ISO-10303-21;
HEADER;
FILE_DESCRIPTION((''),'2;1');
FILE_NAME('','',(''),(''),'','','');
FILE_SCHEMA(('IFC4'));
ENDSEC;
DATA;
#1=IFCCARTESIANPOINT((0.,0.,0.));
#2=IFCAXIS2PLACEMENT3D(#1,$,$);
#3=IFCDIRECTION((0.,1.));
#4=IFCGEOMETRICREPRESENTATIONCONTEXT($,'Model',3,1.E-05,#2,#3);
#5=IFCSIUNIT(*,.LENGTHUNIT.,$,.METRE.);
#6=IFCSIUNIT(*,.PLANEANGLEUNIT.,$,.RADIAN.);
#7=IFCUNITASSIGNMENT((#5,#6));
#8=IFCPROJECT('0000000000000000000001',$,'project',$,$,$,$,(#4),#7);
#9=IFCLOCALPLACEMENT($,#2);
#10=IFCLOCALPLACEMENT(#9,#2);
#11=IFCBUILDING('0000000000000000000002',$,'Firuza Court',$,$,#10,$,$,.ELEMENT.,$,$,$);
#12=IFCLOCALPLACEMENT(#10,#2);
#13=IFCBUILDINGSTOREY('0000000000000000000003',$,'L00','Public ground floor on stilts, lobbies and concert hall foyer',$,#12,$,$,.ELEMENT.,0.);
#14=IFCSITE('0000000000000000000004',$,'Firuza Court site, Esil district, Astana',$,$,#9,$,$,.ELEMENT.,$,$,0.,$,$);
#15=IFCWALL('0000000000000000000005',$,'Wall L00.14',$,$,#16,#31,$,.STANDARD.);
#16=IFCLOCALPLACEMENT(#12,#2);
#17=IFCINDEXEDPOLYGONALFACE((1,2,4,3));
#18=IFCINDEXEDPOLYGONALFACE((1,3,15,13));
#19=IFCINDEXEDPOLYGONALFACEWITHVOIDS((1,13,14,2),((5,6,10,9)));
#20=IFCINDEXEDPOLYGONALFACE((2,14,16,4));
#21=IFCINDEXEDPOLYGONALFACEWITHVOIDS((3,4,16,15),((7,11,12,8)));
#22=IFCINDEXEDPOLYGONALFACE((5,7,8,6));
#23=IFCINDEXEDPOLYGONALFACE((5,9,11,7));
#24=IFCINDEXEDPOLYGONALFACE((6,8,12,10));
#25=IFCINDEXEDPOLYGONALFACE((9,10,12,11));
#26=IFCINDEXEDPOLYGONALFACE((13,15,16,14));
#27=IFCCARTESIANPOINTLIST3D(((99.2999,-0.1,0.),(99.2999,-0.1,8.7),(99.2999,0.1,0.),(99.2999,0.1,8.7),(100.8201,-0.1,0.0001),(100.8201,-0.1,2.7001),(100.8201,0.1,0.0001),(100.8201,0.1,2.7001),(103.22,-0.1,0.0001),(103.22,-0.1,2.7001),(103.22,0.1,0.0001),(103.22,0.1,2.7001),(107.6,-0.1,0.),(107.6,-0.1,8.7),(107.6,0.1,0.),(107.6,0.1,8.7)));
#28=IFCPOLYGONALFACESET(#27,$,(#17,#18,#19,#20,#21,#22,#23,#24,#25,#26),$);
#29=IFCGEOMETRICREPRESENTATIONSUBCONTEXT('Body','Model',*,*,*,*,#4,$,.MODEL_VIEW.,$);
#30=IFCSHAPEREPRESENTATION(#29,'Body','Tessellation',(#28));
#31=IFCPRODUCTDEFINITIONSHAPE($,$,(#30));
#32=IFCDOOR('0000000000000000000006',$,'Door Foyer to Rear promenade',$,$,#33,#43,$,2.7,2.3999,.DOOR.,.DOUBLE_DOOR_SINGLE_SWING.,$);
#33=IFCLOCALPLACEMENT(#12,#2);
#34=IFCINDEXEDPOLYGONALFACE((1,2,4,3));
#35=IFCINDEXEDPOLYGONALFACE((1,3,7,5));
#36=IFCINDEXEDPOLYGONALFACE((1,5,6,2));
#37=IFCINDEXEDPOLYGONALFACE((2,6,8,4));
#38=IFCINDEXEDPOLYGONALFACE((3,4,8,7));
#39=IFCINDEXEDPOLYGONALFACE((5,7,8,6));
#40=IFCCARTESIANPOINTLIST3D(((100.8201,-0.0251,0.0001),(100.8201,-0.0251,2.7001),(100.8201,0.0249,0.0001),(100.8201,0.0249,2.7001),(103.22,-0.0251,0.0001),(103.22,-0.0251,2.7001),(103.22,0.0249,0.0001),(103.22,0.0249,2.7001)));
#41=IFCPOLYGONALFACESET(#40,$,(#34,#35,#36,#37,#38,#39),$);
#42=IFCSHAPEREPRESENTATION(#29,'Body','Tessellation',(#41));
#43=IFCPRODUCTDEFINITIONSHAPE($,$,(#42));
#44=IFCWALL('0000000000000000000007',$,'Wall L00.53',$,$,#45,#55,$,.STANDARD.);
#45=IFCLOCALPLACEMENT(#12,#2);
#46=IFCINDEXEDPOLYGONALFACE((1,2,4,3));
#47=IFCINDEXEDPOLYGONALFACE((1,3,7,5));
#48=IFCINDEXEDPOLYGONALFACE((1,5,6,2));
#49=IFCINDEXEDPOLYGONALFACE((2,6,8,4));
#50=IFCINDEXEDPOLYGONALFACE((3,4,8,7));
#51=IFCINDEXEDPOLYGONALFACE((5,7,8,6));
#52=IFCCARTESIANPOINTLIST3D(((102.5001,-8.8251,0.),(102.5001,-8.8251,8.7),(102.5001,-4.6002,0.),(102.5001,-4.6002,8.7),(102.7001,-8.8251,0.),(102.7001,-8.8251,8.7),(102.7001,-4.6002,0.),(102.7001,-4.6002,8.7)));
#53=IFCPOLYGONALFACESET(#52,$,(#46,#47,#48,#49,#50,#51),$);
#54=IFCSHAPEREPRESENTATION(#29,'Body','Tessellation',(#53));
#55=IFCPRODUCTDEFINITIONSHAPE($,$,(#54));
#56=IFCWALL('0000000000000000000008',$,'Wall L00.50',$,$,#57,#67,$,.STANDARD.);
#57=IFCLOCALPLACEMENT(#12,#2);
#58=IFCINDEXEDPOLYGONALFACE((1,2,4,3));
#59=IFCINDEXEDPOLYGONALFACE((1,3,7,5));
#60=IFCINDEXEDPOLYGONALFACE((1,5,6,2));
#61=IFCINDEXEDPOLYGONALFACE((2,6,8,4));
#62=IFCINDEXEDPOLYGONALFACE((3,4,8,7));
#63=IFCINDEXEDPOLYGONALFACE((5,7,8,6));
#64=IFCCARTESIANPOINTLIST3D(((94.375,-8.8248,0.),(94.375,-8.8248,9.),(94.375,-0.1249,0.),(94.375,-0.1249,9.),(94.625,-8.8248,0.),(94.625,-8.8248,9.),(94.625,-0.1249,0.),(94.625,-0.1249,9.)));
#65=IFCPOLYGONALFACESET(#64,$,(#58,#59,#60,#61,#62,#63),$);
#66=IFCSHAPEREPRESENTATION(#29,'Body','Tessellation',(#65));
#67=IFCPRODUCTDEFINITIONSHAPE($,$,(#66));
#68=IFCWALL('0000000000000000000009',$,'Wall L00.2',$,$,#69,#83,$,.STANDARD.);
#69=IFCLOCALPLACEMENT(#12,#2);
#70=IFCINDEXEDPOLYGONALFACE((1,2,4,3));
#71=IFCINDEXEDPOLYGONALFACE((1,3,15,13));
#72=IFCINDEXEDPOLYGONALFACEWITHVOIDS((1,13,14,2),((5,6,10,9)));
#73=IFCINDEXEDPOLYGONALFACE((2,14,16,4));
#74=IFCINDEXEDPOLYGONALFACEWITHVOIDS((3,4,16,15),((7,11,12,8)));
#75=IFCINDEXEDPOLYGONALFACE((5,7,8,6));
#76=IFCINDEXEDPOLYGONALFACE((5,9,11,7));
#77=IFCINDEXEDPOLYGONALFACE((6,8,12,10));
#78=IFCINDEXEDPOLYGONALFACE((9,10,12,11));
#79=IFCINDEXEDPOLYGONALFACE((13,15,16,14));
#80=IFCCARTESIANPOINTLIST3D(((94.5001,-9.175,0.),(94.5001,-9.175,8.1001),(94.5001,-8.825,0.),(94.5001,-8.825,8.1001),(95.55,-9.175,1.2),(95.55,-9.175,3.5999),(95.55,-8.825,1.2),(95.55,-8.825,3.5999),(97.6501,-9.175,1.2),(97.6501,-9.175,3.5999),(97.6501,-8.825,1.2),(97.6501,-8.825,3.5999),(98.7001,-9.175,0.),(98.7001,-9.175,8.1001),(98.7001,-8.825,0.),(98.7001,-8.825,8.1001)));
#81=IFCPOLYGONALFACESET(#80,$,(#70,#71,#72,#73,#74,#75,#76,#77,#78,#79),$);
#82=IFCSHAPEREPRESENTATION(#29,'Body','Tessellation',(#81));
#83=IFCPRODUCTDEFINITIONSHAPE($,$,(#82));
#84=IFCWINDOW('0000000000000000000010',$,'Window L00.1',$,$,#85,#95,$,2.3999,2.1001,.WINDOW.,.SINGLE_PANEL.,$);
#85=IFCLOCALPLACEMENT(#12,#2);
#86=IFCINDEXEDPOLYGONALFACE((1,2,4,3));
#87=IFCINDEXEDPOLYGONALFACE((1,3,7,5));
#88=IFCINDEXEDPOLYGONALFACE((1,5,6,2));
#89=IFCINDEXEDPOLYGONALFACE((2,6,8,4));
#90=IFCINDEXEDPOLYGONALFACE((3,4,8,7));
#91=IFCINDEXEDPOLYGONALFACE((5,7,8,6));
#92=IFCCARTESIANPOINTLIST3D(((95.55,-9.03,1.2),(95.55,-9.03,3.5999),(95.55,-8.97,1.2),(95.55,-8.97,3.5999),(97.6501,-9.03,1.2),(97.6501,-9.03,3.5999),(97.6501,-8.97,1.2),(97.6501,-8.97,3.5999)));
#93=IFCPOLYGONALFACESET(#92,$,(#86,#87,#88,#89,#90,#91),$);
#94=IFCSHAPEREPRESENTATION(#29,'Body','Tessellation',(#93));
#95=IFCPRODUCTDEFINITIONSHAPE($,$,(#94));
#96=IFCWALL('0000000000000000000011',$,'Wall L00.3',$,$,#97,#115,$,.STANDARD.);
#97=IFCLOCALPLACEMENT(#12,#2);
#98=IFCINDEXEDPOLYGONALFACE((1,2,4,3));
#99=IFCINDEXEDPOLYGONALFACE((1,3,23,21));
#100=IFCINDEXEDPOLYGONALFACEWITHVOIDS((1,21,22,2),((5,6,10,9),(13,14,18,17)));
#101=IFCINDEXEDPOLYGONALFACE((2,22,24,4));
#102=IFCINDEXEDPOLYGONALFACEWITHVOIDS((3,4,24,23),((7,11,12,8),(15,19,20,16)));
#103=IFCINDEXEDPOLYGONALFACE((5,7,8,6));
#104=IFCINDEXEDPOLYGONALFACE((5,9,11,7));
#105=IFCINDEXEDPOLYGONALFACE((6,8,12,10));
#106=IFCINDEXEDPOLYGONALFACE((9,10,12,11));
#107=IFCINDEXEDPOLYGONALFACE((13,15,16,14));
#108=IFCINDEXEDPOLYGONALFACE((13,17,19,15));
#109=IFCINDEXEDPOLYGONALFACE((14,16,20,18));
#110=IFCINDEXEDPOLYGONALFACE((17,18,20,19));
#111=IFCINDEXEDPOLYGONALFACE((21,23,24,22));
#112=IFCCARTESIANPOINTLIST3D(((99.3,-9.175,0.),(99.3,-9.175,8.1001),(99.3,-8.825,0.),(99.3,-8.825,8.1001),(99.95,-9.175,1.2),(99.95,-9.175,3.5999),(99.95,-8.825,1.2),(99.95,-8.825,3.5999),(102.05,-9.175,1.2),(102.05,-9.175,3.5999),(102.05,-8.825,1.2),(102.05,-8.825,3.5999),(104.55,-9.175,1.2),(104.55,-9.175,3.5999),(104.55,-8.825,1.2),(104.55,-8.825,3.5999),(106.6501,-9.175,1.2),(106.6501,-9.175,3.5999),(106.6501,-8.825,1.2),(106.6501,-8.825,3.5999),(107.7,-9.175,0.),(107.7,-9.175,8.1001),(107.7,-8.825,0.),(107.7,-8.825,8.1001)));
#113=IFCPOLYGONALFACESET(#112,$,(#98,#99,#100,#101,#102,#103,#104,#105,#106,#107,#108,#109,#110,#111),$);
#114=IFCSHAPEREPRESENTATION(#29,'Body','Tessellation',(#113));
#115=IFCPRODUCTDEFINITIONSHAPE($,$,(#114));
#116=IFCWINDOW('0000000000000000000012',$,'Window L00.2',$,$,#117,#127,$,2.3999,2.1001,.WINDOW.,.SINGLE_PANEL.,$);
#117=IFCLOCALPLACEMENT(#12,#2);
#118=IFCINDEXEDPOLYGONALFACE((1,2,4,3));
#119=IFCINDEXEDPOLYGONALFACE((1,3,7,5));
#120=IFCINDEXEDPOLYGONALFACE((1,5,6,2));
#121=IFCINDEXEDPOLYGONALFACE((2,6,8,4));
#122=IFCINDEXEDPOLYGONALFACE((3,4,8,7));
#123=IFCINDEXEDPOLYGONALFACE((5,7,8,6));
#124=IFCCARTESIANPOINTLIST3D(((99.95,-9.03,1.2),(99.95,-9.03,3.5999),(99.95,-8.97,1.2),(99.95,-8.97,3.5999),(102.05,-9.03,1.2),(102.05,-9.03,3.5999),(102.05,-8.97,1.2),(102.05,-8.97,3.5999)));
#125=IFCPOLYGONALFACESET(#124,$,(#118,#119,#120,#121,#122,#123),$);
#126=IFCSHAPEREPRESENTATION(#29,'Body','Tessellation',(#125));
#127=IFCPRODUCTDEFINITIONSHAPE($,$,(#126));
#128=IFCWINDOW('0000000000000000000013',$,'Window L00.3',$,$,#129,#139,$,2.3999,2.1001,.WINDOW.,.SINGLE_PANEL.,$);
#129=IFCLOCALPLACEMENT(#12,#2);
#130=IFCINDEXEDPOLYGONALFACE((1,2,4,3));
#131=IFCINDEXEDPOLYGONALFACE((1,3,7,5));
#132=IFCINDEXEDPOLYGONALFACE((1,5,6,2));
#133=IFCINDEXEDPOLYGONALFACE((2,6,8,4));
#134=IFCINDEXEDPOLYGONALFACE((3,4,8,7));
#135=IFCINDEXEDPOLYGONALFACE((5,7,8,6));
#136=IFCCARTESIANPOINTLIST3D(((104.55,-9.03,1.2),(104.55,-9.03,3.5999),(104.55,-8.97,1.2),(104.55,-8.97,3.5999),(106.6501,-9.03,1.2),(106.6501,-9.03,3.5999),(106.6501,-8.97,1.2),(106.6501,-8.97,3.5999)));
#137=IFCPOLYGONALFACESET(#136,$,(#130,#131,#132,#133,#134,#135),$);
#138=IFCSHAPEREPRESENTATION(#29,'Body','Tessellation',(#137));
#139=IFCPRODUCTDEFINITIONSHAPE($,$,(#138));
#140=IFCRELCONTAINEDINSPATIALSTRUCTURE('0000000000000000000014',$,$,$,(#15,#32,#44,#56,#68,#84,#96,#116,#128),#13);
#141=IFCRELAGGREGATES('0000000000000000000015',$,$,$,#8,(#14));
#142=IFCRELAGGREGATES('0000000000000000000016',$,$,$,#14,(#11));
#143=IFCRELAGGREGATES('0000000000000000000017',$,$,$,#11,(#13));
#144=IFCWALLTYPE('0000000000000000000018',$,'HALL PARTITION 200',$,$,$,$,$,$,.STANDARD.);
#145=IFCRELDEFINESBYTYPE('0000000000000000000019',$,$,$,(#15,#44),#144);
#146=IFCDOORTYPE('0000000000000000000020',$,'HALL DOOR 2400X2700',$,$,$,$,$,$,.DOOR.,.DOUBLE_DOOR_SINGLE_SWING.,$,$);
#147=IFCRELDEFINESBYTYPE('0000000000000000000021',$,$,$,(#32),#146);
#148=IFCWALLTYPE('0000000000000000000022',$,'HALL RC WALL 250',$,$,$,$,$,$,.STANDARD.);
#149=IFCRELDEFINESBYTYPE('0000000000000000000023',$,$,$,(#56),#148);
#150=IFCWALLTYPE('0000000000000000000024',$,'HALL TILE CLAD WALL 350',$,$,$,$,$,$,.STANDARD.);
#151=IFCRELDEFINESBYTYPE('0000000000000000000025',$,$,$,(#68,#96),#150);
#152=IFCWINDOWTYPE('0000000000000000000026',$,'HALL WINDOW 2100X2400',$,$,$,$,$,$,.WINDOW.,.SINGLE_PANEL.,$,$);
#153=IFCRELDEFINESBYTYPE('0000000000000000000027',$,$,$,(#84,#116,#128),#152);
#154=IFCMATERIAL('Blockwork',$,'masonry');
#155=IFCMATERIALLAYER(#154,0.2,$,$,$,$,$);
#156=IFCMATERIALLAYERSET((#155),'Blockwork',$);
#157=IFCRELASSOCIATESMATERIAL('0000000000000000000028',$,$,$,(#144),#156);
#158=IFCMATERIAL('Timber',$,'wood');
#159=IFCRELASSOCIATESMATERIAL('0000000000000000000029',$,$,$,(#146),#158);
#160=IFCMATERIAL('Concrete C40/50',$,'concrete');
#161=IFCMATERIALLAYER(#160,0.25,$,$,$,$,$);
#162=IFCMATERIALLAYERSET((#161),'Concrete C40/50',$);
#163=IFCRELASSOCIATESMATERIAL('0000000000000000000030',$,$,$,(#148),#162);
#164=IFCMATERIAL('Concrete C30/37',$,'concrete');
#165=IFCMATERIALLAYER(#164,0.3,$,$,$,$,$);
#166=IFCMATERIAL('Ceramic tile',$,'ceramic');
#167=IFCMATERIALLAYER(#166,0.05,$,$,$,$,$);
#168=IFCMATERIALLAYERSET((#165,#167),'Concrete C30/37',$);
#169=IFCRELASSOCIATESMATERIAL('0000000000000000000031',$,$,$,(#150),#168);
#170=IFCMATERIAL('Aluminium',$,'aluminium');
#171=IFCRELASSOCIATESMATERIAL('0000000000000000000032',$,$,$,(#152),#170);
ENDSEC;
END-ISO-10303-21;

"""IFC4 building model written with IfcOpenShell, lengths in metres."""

from ifc_helpers import new_model, si_unit, direction, frame, frame_2d, origin, place, context, subcontext, project, spatial, rectangle, extrude, material, layer, layer_set, type_object, element, fill, save


model = new_model("IFC4")

# Units and contexts
model_context = context("Model", 3, precision=1e-05, world=origin(), true_north=direction((0.0, 1.0)))
body_context = subcontext(model_context, "Body", "Model", "MODEL_VIEW")
ifc_project = project(units=[si_unit("LENGTHUNIT", "METRE"), si_unit("PLANEANGLEUNIT", "RADIAN")], contexts=[model_context])

# Site, building, storey
site_placement = place(None, origin())
site = spatial("IfcSite", under=ifc_project, at=site_placement, Name="Firuza Court site, Esil district, Astana", CompositionType="ELEMENT", RefElevation=0.0)
building_placement = place(site_placement, origin())
building = spatial("IfcBuilding", under=site, at=building_placement, Name="Firuza Court", CompositionType="ELEMENT")
storey_placement = place(building_placement, origin())
storey = spatial("IfcBuildingStorey", under=building, at=storey_placement, Name="L00", Description="Public ground floor on stilts, lobbies and concert hall foyer", CompositionType="ELEMENT", Elevation=0.0)

# Shared definitions
ifc_material_1 = material(Name="Blockwork", Category="masonry")
ifc_layer_1 = layer(ifc_material_1, 0.2)
ifc_layer_set_1 = layer_set([ifc_layer_1], Name="Blockwork")
wall_type_1 = type_object("IfcWallType", Name="HALL PARTITION 200", PredefinedType="STANDARD", material=ifc_layer_set_1)

# Wall, opening, door
wall_1_placement = place(storey_placement, frame((99.3, 0.0, 0.0), z_axis=(0.0, 0.0, 1.0), x_axis=(1.0, 0.0, 0.0)))
wall_1 = element("IfcWall", 1, at=wall_1_placement, inside=storey, type_object=wall_type_1, Name="Wall L00.14", PredefinedType="STANDARD", context=body_context, shape_type="SweptSolid", body=[
    extrude(rectangle(XDim=8.3, YDim=0.2, at=frame_2d((4.1499, 0.0))), origin(), (0.0, 0.0, 1.0), 8.7),
])
opening_1_placement = place(wall_1_placement, frame((1.52, 0.0, 0.0)))
opening_1 = element("IfcOpeningElement", 2, at=opening_1_placement, cuts=wall_1, PredefinedType="OPENING", context=body_context, shape_type="SweptSolid", body=[
    extrude(rectangle(XDim=2.3999, YDim=2.7, at=frame_2d((1.2, 1.3501))), frame((0.0, 0.1118, 0.0), z_axis=(0.0, -1.0, 0.0), x_axis=(1.0, 0.0, 0.0)), (0.0, 0.0, 1.0), 0.2239),
])
ifc_material_2 = material(Name="Timber", Category="wood")
door_type_1 = type_object("IfcDoorType", Name="HALL DOOR 2400X2700", OperationType="DOUBLE_DOOR_SINGLE_SWING", PredefinedType="DOOR", material=ifc_material_2)
door_1_placement = place(opening_1_placement, origin())
door_1 = element("IfcDoor", 3, at=door_1_placement, inside=storey, type_object=door_type_1, Name="Door Foyer to Rear promenade", OperationType="DOUBLE_DOOR_SINGLE_SWING", OverallHeight=2.7, OverallWidth=2.3999, PredefinedType="DOOR", context=body_context, shape_type="SweptSolid", body=[
    extrude(rectangle(XDim=2.3999, YDim=2.7, at=frame_2d((1.2, 1.3501))), frame((0.0, 0.0249, 0.0), z_axis=(0.0, -1.0, 0.0), x_axis=(1.0, 0.0, 0.0)), (0.0, 0.0, 1.0), 0.05),
])
fill(opening_1, door_1)

# Walls
wall_2_placement = place(storey_placement, frame((102.6001, -8.825, 0.0), z_axis=(0.0, 0.0, 1.0), x_axis=(0.0, 1.0, 0.0)))
element("IfcWall", 4, at=wall_2_placement, inside=storey, type_object=wall_type_1, Name="Wall L00.53", PredefinedType="STANDARD", context=body_context, shape_type="SweptSolid", body=[
    extrude(rectangle(XDim=4.2249, YDim=0.2, at=frame_2d((2.1123, 0.0))), origin(), (0.0, 0.0, 1.0), 8.7),
])
ifc_material_3 = material(Name="Concrete C40/50", Category="concrete")
ifc_layer_2 = layer(ifc_material_3, 0.25)
ifc_layer_set_2 = layer_set([ifc_layer_2], Name="Concrete C40/50")
wall_type_2 = type_object("IfcWallType", Name="HALL RC WALL 250", PredefinedType="STANDARD", material=ifc_layer_set_2)
wall_3_placement = place(storey_placement, frame((94.5, -8.825, 0.0), z_axis=(0.0, 0.0, 1.0), x_axis=(0.0, 1.0, 0.0)))
element("IfcWall", 5, at=wall_3_placement, inside=storey, type_object=wall_type_2, Name="Wall L00.50", PredefinedType="STANDARD", context=body_context, shape_type="SweptSolid", body=[
    extrude(rectangle(XDim=8.7, YDim=0.25, at=frame_2d((4.3501, 0.0))), origin(), (0.0, 0.0, 1.0), 9.0),
])

# Wall, opening, window
ifc_material_4 = material(Name="Concrete C30/37", Category="concrete")
ifc_layer_3 = layer(ifc_material_4, 0.3)
ifc_material_5 = material(Name="Ceramic tile", Category="ceramic")
ifc_layer_4 = layer(ifc_material_5, 0.05)
ifc_layer_set_3 = layer_set([ifc_layer_3, ifc_layer_4], Name="Concrete C30/37")
wall_type_3 = type_object("IfcWallType", Name="HALL TILE CLAD WALL 350", PredefinedType="STANDARD", material=ifc_layer_set_3)
wall_4_placement = place(storey_placement, frame((94.5, -9.0, 0.0), z_axis=(0.0, 0.0, 1.0), x_axis=(1.0, 0.0, 0.0)))
wall_4 = element("IfcWall", 6, at=wall_4_placement, inside=storey, type_object=wall_type_3, Name="Wall L00.2", PredefinedType="STANDARD", context=body_context, shape_type="SweptSolid", body=[
    extrude(rectangle(XDim=4.2, YDim=0.3501, at=frame_2d((2.1001, 0.0))), origin(), (0.0, 0.0, 1.0), 8.1001),
])
opening_2_placement = place(wall_4_placement, frame((1.05, 0.0, 1.2)))
opening_2 = element("IfcOpeningElement", 7, at=opening_2_placement, cuts=wall_4, PredefinedType="OPENING", context=body_context, shape_type="SweptSolid", body=[
    extrude(rectangle(XDim=2.1001, YDim=2.3999, at=frame_2d((1.05, 1.2))), frame((0.0, 0.187, 0.0), z_axis=(0.0, -1.0, 0.0), x_axis=(1.0, 0.0, 0.0)), (0.0, 0.0, 1.0), 0.374),
])
ifc_material_6 = material(Name="Aluminium", Category="aluminium")
window_type = type_object("IfcWindowType", Name="HALL WINDOW 2100X2400", PartitioningType="SINGLE_PANEL", PredefinedType="WINDOW", material=ifc_material_6)
window_1_placement = place(opening_2_placement, origin())
window_1 = element("IfcWindow", 8, at=window_1_placement, inside=storey, type_object=window_type, Name="Window L00.1", OverallHeight=2.3999, OverallWidth=2.1001, PartitioningType="SINGLE_PANEL", PredefinedType="WINDOW", context=body_context, shape_type="SweptSolid", body=[
    extrude(rectangle(XDim=2.1001, YDim=2.3999, at=frame_2d((1.05, 1.2))), frame((0.0, 0.03, 0.0), z_axis=(0.0, -1.0, 0.0), x_axis=(1.0, 0.0, 0.0)), (0.0, 0.0, 1.0), 0.0601),
])
fill(opening_2, window_1)

# Wall, openings, windows
wall_5_placement = place(storey_placement, frame((99.3, -9.0, 0.0), z_axis=(0.0, 0.0, 1.0), x_axis=(1.0, 0.0, 0.0)))
wall_5 = element("IfcWall", 9, at=wall_5_placement, inside=storey, type_object=wall_type_3, Name="Wall L00.3", PredefinedType="STANDARD", context=body_context, shape_type="SweptSolid", body=[
    extrude(rectangle(XDim=8.3999, YDim=0.3501, at=frame_2d((4.2, 0.0))), origin(), (0.0, 0.0, 1.0), 8.1001),
])
opening_3_placement = place(wall_5_placement, frame((0.6499, 0.0, 1.2)))
opening_3 = element("IfcOpeningElement", 10, at=opening_3_placement, cuts=wall_5, PredefinedType="OPENING", context=body_context, shape_type="SweptSolid", body=[
    extrude(rectangle(XDim=2.1001, YDim=2.3999, at=frame_2d((1.05, 1.2))), frame((0.0, 0.187, 0.0), z_axis=(0.0, -1.0, 0.0), x_axis=(1.0, 0.0, 0.0)), (0.0, 0.0, 1.0), 0.374),
])
opening_4_placement = place(wall_5_placement, frame((5.25, 0.0, 1.2)))
opening_4 = element("IfcOpeningElement", 11, at=opening_4_placement, cuts=wall_5, PredefinedType="OPENING", context=body_context, shape_type="SweptSolid", body=[
    extrude(rectangle(XDim=2.1001, YDim=2.3999, at=frame_2d((1.05, 1.2))), frame((0.0, 0.187, 0.0), z_axis=(0.0, -1.0, 0.0), x_axis=(1.0, 0.0, 0.0)), (0.0, 0.0, 1.0), 0.374),
])
window_2_placement = place(opening_3_placement, origin())
window_2 = element("IfcWindow", 12, at=window_2_placement, inside=storey, type_object=window_type, Name="Window L00.2", OverallHeight=2.3999, OverallWidth=2.1001, PartitioningType="SINGLE_PANEL", PredefinedType="WINDOW", context=body_context, shape_type="SweptSolid", body=[
    extrude(rectangle(XDim=2.1001, YDim=2.3999, at=frame_2d((1.05, 1.2))), frame((0.0, 0.03, 0.0), z_axis=(0.0, -1.0, 0.0), x_axis=(1.0, 0.0, 0.0)), (0.0, 0.0, 1.0), 0.0601),
])
fill(opening_3, window_2)
window_3_placement = place(opening_4_placement, origin())
window_3 = element("IfcWindow", 13, at=window_3_placement, inside=storey, type_object=window_type, Name="Window L00.3", OverallHeight=2.3999, OverallWidth=2.1001, PartitioningType="SINGLE_PANEL", PredefinedType="WINDOW", context=body_context, shape_type="SweptSolid", body=[
    extrude(rectangle(XDim=2.1001, YDim=2.3999, at=frame_2d((1.05, 1.2))), frame((0.0, 0.03, 0.0), z_axis=(0.0, -1.0, 0.0), x_axis=(1.0, 0.0, 0.0)), (0.0, 0.0, 1.0), 0.0601),
])
fill(opening_4, window_3)

save(model, "model.ifc")
